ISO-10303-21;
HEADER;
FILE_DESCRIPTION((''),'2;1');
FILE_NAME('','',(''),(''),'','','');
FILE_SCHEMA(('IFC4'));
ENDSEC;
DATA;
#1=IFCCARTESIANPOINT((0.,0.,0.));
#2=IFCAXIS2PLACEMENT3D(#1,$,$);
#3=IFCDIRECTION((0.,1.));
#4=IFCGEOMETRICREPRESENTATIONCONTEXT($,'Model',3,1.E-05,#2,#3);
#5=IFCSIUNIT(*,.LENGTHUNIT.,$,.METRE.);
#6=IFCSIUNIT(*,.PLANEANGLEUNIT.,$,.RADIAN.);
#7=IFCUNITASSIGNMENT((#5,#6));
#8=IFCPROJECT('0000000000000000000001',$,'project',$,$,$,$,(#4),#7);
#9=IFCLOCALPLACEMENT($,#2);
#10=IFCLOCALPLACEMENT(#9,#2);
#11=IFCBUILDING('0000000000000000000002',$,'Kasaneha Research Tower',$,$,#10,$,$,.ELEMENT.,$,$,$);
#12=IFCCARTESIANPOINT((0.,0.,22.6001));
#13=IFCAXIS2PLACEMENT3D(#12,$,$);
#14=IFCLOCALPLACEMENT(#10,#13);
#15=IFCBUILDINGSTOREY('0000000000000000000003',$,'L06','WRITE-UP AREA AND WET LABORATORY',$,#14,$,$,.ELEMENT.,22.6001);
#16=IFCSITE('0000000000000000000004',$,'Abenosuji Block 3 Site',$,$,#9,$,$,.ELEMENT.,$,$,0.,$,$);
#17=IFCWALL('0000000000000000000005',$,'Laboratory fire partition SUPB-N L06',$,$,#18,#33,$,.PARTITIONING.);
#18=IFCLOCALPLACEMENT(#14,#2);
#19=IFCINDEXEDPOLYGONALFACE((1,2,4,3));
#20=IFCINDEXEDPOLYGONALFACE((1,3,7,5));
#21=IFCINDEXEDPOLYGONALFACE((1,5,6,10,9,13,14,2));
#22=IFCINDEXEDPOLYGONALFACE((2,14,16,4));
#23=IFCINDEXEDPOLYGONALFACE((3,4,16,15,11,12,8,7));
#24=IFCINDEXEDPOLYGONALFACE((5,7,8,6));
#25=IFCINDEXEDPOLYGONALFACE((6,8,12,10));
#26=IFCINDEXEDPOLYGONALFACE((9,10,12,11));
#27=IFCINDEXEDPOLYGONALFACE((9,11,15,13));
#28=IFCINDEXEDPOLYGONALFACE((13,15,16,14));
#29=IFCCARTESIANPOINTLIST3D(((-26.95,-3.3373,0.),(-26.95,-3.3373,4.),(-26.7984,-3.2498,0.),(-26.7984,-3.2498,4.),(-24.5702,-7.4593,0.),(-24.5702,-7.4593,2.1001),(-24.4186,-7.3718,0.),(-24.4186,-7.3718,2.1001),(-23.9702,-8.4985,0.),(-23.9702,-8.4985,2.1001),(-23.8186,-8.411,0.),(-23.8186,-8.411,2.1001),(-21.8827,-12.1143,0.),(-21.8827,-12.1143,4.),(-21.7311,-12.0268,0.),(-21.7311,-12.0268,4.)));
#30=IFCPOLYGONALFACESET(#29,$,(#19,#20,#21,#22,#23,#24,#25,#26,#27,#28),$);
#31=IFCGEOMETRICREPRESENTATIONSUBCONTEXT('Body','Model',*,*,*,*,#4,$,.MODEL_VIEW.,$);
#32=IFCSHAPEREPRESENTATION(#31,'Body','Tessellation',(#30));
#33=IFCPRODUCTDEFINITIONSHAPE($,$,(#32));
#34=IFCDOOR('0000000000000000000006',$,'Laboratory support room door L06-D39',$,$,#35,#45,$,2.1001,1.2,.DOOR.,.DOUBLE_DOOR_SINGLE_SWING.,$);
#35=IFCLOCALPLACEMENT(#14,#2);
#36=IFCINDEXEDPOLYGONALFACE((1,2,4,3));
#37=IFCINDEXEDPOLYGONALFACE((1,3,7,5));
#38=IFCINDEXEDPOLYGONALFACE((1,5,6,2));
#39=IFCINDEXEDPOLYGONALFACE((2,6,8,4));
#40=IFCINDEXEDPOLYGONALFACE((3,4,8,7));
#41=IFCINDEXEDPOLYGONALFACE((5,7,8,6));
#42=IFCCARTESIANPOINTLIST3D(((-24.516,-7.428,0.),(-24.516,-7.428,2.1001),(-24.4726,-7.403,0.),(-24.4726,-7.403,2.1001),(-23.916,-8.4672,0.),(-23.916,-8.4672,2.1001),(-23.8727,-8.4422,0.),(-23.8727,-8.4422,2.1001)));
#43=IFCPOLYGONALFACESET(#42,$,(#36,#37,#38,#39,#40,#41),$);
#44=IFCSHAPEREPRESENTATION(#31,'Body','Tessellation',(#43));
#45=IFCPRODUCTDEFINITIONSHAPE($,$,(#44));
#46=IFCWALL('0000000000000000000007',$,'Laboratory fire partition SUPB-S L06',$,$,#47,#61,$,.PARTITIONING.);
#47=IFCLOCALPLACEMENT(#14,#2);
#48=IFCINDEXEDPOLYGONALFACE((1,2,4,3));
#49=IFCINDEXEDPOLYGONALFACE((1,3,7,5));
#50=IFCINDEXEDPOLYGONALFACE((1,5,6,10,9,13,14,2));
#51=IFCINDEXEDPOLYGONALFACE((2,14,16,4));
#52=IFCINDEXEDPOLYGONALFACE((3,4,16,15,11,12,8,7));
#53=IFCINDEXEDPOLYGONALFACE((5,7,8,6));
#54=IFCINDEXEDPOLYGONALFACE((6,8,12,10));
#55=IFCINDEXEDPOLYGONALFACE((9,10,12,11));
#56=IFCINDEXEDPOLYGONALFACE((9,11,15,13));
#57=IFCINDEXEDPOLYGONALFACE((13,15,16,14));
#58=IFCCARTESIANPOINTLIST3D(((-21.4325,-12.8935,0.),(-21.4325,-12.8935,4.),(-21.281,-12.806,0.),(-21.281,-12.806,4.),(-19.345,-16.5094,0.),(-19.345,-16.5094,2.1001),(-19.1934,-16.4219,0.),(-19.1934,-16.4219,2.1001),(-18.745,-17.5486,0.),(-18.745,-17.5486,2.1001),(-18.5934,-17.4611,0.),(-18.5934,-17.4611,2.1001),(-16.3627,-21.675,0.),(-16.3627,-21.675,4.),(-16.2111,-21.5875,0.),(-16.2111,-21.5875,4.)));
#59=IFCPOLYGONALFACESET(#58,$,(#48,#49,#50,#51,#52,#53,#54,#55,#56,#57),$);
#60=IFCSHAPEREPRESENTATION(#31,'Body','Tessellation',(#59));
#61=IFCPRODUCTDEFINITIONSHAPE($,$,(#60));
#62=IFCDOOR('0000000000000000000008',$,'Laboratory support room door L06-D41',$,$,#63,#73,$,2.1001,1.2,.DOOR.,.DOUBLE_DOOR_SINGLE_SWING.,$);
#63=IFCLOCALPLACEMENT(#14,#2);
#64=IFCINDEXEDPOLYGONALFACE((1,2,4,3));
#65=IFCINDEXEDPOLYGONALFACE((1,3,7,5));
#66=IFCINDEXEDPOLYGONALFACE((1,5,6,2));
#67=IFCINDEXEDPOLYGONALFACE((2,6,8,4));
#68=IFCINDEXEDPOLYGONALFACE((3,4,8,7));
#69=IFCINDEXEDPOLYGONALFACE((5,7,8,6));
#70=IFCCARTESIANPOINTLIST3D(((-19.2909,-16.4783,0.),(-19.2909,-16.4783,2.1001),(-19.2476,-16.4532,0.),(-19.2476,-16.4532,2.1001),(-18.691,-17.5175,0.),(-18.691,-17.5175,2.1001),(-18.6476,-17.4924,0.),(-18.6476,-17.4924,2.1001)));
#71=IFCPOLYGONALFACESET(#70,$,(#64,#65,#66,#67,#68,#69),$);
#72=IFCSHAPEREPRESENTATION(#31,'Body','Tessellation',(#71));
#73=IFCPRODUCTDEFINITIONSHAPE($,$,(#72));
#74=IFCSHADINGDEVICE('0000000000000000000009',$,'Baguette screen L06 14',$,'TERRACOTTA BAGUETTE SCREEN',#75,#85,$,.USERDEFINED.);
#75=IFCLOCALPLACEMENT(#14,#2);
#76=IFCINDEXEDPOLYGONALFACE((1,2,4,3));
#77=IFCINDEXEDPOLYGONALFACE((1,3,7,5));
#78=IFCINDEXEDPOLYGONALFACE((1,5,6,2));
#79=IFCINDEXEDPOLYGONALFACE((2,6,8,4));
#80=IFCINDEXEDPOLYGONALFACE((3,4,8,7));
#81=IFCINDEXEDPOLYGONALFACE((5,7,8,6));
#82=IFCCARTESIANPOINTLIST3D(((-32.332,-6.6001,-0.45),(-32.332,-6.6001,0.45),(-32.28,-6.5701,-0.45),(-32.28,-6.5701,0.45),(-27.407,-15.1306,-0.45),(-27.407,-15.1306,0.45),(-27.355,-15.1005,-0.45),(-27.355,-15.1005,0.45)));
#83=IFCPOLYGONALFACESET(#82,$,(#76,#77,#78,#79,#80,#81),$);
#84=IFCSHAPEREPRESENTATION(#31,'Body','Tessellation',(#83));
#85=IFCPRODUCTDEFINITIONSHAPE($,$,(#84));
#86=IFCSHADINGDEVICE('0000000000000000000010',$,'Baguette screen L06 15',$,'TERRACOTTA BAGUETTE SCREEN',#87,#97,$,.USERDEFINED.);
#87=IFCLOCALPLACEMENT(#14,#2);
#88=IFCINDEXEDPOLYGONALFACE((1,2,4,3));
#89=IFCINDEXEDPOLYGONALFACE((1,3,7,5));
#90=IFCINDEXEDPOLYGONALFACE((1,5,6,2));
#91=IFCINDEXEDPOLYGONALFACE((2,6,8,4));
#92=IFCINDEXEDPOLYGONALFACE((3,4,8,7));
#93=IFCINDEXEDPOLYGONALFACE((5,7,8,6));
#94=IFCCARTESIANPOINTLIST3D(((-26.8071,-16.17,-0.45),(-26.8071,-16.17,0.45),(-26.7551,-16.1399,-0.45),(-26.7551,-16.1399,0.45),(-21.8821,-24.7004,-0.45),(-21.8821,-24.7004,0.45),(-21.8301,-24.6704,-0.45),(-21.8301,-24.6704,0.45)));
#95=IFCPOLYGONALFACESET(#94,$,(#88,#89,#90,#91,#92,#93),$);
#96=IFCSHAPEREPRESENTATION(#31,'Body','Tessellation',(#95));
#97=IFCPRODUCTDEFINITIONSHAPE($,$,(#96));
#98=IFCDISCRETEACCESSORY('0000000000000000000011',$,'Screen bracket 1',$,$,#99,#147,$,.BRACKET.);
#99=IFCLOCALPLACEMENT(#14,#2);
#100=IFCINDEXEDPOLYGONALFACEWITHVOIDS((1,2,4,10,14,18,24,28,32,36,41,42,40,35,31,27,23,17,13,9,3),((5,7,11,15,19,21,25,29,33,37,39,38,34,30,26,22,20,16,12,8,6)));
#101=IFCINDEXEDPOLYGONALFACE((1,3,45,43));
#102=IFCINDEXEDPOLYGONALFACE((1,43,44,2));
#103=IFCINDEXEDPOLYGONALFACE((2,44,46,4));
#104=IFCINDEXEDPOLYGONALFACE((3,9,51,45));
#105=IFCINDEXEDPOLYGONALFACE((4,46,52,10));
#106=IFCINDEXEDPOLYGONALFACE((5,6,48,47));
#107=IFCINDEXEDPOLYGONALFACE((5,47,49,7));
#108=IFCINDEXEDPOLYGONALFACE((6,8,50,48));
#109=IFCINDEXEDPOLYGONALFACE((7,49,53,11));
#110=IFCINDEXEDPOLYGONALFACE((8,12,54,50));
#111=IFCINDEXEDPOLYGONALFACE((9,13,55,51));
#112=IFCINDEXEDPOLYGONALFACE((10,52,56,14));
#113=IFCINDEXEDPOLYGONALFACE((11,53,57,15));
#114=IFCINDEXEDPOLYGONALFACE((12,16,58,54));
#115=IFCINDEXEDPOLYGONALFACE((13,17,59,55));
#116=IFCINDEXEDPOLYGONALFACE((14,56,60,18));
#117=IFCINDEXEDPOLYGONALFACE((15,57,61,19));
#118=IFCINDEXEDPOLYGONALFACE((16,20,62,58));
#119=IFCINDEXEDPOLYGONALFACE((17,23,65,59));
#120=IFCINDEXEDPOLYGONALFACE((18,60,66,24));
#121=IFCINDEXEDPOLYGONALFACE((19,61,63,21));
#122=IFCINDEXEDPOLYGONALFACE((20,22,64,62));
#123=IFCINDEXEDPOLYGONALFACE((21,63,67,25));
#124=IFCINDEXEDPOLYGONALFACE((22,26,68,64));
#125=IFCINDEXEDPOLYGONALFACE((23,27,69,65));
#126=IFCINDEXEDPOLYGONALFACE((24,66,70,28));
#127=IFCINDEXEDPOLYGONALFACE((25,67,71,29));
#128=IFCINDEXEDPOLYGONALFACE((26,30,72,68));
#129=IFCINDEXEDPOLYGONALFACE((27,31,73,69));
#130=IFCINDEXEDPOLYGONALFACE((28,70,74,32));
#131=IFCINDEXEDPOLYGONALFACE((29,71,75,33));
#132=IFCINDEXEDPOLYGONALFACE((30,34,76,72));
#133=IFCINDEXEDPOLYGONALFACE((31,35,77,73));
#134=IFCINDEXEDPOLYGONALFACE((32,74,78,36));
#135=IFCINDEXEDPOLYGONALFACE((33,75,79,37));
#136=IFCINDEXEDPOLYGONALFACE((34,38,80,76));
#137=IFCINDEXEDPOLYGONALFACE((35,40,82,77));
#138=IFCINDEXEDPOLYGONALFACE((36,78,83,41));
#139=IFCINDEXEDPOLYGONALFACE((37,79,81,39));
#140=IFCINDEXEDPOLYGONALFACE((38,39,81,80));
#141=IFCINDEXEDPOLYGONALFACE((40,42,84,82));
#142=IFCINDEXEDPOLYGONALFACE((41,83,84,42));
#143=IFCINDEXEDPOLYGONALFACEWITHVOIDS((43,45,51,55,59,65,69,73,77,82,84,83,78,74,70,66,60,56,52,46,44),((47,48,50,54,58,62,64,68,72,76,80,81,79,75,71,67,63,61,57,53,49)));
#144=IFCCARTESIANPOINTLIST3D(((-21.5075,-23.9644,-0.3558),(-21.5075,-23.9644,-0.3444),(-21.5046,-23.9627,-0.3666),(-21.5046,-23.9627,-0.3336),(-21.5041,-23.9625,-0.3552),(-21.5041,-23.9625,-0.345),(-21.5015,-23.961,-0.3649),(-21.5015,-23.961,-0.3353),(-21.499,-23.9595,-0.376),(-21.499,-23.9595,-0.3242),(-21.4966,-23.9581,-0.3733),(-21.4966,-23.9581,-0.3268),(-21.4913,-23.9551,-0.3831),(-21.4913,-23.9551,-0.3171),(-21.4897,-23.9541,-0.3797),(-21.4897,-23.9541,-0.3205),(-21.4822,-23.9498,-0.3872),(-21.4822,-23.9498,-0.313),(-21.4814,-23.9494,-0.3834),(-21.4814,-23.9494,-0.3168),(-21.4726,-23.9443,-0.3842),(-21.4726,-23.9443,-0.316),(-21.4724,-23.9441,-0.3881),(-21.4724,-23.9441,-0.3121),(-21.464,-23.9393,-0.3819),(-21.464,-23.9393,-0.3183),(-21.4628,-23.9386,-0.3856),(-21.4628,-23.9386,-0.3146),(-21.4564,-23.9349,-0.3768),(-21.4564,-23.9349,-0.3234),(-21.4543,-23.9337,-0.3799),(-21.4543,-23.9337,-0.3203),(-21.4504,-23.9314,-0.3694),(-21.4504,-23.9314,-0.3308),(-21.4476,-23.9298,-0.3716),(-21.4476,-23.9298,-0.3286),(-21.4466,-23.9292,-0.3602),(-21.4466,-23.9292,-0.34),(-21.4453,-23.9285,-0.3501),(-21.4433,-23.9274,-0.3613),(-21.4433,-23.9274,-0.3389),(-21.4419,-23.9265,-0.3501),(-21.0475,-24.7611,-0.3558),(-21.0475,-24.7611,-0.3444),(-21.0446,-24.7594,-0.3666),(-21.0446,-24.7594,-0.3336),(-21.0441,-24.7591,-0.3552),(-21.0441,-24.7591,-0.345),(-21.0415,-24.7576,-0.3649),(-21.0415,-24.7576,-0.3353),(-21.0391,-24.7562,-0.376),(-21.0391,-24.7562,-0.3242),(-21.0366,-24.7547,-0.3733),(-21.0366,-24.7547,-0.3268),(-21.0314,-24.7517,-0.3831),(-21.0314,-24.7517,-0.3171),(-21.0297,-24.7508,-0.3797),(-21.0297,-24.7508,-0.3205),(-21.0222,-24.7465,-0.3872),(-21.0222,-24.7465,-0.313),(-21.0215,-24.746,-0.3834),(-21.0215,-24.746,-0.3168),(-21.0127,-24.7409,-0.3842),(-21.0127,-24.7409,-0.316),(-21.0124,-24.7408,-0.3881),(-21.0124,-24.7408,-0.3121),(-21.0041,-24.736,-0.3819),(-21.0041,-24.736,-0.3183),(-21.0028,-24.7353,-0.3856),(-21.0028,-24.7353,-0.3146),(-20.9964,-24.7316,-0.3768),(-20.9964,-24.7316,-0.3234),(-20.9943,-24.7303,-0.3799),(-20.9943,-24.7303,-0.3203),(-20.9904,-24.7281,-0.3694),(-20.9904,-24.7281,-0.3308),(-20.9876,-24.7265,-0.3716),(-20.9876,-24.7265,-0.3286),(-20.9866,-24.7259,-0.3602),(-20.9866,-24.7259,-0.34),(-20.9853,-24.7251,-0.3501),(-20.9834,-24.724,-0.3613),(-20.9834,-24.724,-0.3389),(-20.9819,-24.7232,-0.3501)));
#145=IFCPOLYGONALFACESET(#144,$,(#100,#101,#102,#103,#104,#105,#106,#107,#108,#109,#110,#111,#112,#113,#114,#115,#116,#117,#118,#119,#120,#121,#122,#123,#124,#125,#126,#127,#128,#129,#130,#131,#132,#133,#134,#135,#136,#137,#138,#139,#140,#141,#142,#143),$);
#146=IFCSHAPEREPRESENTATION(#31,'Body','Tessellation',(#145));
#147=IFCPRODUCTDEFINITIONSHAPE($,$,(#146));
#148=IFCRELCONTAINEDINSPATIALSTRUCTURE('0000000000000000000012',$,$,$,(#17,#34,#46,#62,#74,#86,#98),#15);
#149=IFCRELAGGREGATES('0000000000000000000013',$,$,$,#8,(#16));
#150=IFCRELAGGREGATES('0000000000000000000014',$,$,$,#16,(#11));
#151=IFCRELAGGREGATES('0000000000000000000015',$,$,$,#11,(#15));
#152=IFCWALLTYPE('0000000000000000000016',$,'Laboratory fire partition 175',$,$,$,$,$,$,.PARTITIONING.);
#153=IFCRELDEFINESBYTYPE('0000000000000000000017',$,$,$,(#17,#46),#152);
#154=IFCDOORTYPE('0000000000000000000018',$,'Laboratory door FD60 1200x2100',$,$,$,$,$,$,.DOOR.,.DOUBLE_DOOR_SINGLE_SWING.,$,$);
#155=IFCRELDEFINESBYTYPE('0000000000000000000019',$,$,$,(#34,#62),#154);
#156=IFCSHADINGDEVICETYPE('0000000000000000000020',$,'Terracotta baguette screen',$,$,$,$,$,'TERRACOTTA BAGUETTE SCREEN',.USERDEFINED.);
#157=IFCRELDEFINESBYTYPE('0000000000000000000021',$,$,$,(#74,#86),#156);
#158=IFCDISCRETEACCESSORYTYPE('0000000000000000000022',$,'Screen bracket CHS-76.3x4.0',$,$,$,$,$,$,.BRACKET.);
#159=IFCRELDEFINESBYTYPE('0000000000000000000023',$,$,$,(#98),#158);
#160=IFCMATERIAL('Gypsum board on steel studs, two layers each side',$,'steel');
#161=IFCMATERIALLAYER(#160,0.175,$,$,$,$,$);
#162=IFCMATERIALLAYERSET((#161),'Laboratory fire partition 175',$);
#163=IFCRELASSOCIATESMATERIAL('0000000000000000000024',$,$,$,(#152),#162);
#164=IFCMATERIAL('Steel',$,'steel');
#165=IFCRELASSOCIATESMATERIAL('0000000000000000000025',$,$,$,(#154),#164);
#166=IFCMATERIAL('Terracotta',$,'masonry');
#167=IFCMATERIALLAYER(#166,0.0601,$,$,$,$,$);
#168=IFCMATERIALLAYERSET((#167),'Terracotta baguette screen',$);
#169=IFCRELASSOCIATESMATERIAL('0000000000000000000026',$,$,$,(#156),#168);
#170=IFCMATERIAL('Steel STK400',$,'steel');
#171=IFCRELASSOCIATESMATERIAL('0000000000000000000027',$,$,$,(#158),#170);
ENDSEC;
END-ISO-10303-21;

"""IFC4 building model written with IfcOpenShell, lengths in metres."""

from ifc_helpers import new_model, si_unit, direction, frame, frame_2d, origin, origin_2d, place, context, subcontext, project, spatial, rectangle, hollow_circle, extrude, material, layer, layer_set, material_profile, profile_set, type_object, element, fill, save


model = new_model("IFC4")

# Units and contexts
model_context = context("Model", 3, precision=1e-05, world=origin(), true_north=direction((0.0, 1.0)))
body_context = subcontext(model_context, "Body", "Model", "MODEL_VIEW")
ifc_project = project(units=[si_unit("LENGTHUNIT", "METRE"), si_unit("PLANEANGLEUNIT", "RADIAN")], contexts=[model_context])

# Site, building, storey
site_placement = place(None, origin())
site = spatial("IfcSite", under=ifc_project, at=site_placement, Name="Abenosuji Block 3 Site", CompositionType="ELEMENT", RefElevation=0.0)
building_placement = place(site_placement, origin())
building = spatial("IfcBuilding", under=site, at=building_placement, Name="Kasaneha Research Tower", CompositionType="ELEMENT")
storey_placement = place(building_placement, frame((0.0, 0.0, 22.6001)))
storey = spatial("IfcBuildingStorey", under=building, at=storey_placement, Name="L06", Description="WRITE-UP AREA AND WET LABORATORY", CompositionType="ELEMENT", Elevation=22.6001)

# Walls, openings, doors
ifc_material_1 = material(Name="Gypsum board on steel studs, two layers each side", Category="steel")
ifc_layer_1 = layer(ifc_material_1, 0.175)
ifc_layer_set_1 = layer_set([ifc_layer_1], Name="Laboratory fire partition 175")
wall_type = type_object("IfcWallType", Name="Laboratory fire partition 175", PredefinedType="PARTITIONING", material=ifc_layer_set_1)
wall_1_placement = place(storey_placement, frame((-21.8069, -12.0706, 0.0), z_axis=(0.0, 0.0, 1.0), x_axis=(-0.499994, 0.866029, 0.0)))
wall_1 = element("IfcWall", 1, at=wall_1_placement, inside=storey, type_object=wall_type, Name="Laboratory fire partition SUPB-N L06", PredefinedType="PARTITIONING", context=body_context, shape_type="SweptSolid", body=[
    extrude(rectangle(XDim=10.1348, YDim=0.175, at=frame_2d((5.0674, 0.0))), origin(), (0.0, 0.0, 1.0), 4.0),
])
opening_1_placement = place(wall_1_placement, frame((4.175, 0.0, 0.0)))
opening_1 = element("IfcOpeningElement", 2, at=opening_1_placement, cuts=wall_1, PredefinedType="OPENING", context=body_context, shape_type="SweptSolid", body=[
    extrude(rectangle(XDim=1.2, YDim=2.1001, at=frame_2d((0.6001, 1.05))), frame((0.0, 0.0977, 0.0), z_axis=(0.0, -1.0, 0.0), x_axis=(1.0, 0.0, 0.0)), (0.0, 0.0, 1.0), 0.1951),
])
ifc_material_2 = material(Name="Steel", Category="steel")
door_type = type_object("IfcDoorType", Name="Laboratory door FD60 1200x2100", OperationType="DOUBLE_DOOR_SINGLE_SWING", PredefinedType="DOOR", material=ifc_material_2)
door_1_placement = place(opening_1_placement, origin())
door_1 = element("IfcDoor", 3, at=door_1_placement, inside=storey, type_object=door_type, Name="Laboratory support room door L06-D39", OperationType="DOUBLE_DOOR_SINGLE_SWING", OverallHeight=2.1001, OverallWidth=1.2, PredefinedType="DOOR", context=body_context, shape_type="SweptSolid", body=[
    extrude(rectangle(XDim=1.2, YDim=2.1001, at=frame_2d((0.6001, 1.05))), frame((0.0, 0.0249, 0.0), z_axis=(0.0, -1.0, 0.0), x_axis=(1.0, 0.0, 0.0)), (0.0, 0.0, 1.0), 0.05),
])
fill(opening_1, door_1)
wall_2_placement = place(storey_placement, frame((-21.3567, -12.8499, 0.0), z_axis=(0.0, 0.0, 1.0), x_axis=(0.499987, -0.866033, 0.0)))
wall_2 = element("IfcWall", 4, at=wall_2_placement, inside=storey, type_object=wall_type, Name="Laboratory fire partition SUPB-S L06", PredefinedType="PARTITIONING", context=body_context, shape_type="SweptSolid", body=[
    extrude(rectangle(XDim=10.1399, YDim=0.175, at=frame_2d((5.0698, 0.0))), origin(), (0.0, 0.0, 1.0), 4.0),
])
opening_2_placement = place(wall_2_placement, frame((4.175, 0.0, 0.0)))
opening_2 = element("IfcOpeningElement", 5, at=opening_2_placement, cuts=wall_2, PredefinedType="OPENING", context=body_context, shape_type="SweptSolid", body=[
    extrude(rectangle(XDim=1.2, YDim=2.1001, at=frame_2d((0.6001, 1.05))), frame((0.0, 0.0977, 0.0), z_axis=(0.0, -1.0, 0.0), x_axis=(1.0, 0.0, 0.0)), (0.0, 0.0, 1.0), 0.1951),
])
door_2_placement = place(opening_2_placement, origin())
door_2 = element("IfcDoor", 6, at=door_2_placement, inside=storey, type_object=door_type, Name="Laboratory support room door L06-D41", OperationType="DOUBLE_DOOR_SINGLE_SWING", OverallHeight=2.1001, OverallWidth=1.2, PredefinedType="DOOR", context=body_context, shape_type="SweptSolid", body=[
    extrude(rectangle(XDim=1.2, YDim=2.1001, at=frame_2d((0.6001, 1.05))), frame((0.0, 0.0249, 0.0), z_axis=(0.0, -1.0, 0.0), x_axis=(1.0, 0.0, 0.0)), (0.0, 0.0, 1.0), 0.05),
])
fill(opening_2, door_2)

# Shading devices
ifc_material_3 = material(Name="Terracotta", Category="masonry")
ifc_layer_2 = layer(ifc_material_3, 0.0601)
ifc_layer_set_2 = layer_set([ifc_layer_2], Name="Terracotta baguette screen")
shading_device_type = type_object("IfcShadingDeviceType", Name="Terracotta baguette screen", ElementType="TERRACOTTA BAGUETTE SCREEN", PredefinedType="USERDEFINED", material=ifc_layer_set_2)
for number, where, z_axis, x_axis, name in (
    (7, (-29.8435, -10.8503, -0.45), (0.0, 0.0, 1.0), (0.5, -0.866025, 0.0), "Baguette screen L06 14"),
    (8, (-24.3186, -20.4202, -0.45), (0.0, 0.0, 1.0), (0.5, -0.866025, 0.0), "Baguette screen L06 15"),
):
    element("IfcShadingDevice", number, at=place(storey_placement, frame(where, z_axis=z_axis, x_axis=x_axis)), inside=storey, type_object=shading_device_type, Name=name, ObjectType="TERRACOTTA BAGUETTE SCREEN", PredefinedType="USERDEFINED", context=body_context, shape_type="SweptSolid", body=[
        extrude(rectangle(XDim=9.8501, YDim=0.0601, at=origin_2d()), origin(), (0.0, 0.0, 1.0), 0.8999),
    ])

# Discrete accessory
ifc_material_4 = material(Name="Steel STK400", Category="steel")
ifc_material_profile_1 = material_profile(ifc_material_4, hollow_circle(Radius=0.0381, WallThickness=0.0039, at=origin_2d()), Name="CHS-76.3x4.0")
ifc_profile_set_1 = profile_set([ifc_material_profile_1], Name="Steel STK400")
discrete_accessory_type = type_object("IfcDiscreteAccessoryType", Name="Screen bracket CHS-76.3x4.0", PredefinedType="BRACKET", material=ifc_profile_set_1)
for number, where, z_axis, x_axis, name in (
    (9, (-21.4749, -23.9456, -0.3501), (0.500021, -0.866013, 0.0), (0.866013, 0.500021, 0.0), "Screen bracket 1"),
):
    element("IfcDiscreteAccessory", number, at=place(storey_placement, frame(where, z_axis=z_axis, x_axis=x_axis)), inside=storey, type_object=discrete_accessory_type, Name=name, PredefinedType="BRACKET", context=body_context, shape_type="SweptSolid", body=[
        extrude(hollow_circle(Radius=0.0381, WallThickness=0.0039, at=origin_2d()), origin(), (0.0, 0.0, 1.0), 0.9199),
    ])

save(model, "model.ifc")
